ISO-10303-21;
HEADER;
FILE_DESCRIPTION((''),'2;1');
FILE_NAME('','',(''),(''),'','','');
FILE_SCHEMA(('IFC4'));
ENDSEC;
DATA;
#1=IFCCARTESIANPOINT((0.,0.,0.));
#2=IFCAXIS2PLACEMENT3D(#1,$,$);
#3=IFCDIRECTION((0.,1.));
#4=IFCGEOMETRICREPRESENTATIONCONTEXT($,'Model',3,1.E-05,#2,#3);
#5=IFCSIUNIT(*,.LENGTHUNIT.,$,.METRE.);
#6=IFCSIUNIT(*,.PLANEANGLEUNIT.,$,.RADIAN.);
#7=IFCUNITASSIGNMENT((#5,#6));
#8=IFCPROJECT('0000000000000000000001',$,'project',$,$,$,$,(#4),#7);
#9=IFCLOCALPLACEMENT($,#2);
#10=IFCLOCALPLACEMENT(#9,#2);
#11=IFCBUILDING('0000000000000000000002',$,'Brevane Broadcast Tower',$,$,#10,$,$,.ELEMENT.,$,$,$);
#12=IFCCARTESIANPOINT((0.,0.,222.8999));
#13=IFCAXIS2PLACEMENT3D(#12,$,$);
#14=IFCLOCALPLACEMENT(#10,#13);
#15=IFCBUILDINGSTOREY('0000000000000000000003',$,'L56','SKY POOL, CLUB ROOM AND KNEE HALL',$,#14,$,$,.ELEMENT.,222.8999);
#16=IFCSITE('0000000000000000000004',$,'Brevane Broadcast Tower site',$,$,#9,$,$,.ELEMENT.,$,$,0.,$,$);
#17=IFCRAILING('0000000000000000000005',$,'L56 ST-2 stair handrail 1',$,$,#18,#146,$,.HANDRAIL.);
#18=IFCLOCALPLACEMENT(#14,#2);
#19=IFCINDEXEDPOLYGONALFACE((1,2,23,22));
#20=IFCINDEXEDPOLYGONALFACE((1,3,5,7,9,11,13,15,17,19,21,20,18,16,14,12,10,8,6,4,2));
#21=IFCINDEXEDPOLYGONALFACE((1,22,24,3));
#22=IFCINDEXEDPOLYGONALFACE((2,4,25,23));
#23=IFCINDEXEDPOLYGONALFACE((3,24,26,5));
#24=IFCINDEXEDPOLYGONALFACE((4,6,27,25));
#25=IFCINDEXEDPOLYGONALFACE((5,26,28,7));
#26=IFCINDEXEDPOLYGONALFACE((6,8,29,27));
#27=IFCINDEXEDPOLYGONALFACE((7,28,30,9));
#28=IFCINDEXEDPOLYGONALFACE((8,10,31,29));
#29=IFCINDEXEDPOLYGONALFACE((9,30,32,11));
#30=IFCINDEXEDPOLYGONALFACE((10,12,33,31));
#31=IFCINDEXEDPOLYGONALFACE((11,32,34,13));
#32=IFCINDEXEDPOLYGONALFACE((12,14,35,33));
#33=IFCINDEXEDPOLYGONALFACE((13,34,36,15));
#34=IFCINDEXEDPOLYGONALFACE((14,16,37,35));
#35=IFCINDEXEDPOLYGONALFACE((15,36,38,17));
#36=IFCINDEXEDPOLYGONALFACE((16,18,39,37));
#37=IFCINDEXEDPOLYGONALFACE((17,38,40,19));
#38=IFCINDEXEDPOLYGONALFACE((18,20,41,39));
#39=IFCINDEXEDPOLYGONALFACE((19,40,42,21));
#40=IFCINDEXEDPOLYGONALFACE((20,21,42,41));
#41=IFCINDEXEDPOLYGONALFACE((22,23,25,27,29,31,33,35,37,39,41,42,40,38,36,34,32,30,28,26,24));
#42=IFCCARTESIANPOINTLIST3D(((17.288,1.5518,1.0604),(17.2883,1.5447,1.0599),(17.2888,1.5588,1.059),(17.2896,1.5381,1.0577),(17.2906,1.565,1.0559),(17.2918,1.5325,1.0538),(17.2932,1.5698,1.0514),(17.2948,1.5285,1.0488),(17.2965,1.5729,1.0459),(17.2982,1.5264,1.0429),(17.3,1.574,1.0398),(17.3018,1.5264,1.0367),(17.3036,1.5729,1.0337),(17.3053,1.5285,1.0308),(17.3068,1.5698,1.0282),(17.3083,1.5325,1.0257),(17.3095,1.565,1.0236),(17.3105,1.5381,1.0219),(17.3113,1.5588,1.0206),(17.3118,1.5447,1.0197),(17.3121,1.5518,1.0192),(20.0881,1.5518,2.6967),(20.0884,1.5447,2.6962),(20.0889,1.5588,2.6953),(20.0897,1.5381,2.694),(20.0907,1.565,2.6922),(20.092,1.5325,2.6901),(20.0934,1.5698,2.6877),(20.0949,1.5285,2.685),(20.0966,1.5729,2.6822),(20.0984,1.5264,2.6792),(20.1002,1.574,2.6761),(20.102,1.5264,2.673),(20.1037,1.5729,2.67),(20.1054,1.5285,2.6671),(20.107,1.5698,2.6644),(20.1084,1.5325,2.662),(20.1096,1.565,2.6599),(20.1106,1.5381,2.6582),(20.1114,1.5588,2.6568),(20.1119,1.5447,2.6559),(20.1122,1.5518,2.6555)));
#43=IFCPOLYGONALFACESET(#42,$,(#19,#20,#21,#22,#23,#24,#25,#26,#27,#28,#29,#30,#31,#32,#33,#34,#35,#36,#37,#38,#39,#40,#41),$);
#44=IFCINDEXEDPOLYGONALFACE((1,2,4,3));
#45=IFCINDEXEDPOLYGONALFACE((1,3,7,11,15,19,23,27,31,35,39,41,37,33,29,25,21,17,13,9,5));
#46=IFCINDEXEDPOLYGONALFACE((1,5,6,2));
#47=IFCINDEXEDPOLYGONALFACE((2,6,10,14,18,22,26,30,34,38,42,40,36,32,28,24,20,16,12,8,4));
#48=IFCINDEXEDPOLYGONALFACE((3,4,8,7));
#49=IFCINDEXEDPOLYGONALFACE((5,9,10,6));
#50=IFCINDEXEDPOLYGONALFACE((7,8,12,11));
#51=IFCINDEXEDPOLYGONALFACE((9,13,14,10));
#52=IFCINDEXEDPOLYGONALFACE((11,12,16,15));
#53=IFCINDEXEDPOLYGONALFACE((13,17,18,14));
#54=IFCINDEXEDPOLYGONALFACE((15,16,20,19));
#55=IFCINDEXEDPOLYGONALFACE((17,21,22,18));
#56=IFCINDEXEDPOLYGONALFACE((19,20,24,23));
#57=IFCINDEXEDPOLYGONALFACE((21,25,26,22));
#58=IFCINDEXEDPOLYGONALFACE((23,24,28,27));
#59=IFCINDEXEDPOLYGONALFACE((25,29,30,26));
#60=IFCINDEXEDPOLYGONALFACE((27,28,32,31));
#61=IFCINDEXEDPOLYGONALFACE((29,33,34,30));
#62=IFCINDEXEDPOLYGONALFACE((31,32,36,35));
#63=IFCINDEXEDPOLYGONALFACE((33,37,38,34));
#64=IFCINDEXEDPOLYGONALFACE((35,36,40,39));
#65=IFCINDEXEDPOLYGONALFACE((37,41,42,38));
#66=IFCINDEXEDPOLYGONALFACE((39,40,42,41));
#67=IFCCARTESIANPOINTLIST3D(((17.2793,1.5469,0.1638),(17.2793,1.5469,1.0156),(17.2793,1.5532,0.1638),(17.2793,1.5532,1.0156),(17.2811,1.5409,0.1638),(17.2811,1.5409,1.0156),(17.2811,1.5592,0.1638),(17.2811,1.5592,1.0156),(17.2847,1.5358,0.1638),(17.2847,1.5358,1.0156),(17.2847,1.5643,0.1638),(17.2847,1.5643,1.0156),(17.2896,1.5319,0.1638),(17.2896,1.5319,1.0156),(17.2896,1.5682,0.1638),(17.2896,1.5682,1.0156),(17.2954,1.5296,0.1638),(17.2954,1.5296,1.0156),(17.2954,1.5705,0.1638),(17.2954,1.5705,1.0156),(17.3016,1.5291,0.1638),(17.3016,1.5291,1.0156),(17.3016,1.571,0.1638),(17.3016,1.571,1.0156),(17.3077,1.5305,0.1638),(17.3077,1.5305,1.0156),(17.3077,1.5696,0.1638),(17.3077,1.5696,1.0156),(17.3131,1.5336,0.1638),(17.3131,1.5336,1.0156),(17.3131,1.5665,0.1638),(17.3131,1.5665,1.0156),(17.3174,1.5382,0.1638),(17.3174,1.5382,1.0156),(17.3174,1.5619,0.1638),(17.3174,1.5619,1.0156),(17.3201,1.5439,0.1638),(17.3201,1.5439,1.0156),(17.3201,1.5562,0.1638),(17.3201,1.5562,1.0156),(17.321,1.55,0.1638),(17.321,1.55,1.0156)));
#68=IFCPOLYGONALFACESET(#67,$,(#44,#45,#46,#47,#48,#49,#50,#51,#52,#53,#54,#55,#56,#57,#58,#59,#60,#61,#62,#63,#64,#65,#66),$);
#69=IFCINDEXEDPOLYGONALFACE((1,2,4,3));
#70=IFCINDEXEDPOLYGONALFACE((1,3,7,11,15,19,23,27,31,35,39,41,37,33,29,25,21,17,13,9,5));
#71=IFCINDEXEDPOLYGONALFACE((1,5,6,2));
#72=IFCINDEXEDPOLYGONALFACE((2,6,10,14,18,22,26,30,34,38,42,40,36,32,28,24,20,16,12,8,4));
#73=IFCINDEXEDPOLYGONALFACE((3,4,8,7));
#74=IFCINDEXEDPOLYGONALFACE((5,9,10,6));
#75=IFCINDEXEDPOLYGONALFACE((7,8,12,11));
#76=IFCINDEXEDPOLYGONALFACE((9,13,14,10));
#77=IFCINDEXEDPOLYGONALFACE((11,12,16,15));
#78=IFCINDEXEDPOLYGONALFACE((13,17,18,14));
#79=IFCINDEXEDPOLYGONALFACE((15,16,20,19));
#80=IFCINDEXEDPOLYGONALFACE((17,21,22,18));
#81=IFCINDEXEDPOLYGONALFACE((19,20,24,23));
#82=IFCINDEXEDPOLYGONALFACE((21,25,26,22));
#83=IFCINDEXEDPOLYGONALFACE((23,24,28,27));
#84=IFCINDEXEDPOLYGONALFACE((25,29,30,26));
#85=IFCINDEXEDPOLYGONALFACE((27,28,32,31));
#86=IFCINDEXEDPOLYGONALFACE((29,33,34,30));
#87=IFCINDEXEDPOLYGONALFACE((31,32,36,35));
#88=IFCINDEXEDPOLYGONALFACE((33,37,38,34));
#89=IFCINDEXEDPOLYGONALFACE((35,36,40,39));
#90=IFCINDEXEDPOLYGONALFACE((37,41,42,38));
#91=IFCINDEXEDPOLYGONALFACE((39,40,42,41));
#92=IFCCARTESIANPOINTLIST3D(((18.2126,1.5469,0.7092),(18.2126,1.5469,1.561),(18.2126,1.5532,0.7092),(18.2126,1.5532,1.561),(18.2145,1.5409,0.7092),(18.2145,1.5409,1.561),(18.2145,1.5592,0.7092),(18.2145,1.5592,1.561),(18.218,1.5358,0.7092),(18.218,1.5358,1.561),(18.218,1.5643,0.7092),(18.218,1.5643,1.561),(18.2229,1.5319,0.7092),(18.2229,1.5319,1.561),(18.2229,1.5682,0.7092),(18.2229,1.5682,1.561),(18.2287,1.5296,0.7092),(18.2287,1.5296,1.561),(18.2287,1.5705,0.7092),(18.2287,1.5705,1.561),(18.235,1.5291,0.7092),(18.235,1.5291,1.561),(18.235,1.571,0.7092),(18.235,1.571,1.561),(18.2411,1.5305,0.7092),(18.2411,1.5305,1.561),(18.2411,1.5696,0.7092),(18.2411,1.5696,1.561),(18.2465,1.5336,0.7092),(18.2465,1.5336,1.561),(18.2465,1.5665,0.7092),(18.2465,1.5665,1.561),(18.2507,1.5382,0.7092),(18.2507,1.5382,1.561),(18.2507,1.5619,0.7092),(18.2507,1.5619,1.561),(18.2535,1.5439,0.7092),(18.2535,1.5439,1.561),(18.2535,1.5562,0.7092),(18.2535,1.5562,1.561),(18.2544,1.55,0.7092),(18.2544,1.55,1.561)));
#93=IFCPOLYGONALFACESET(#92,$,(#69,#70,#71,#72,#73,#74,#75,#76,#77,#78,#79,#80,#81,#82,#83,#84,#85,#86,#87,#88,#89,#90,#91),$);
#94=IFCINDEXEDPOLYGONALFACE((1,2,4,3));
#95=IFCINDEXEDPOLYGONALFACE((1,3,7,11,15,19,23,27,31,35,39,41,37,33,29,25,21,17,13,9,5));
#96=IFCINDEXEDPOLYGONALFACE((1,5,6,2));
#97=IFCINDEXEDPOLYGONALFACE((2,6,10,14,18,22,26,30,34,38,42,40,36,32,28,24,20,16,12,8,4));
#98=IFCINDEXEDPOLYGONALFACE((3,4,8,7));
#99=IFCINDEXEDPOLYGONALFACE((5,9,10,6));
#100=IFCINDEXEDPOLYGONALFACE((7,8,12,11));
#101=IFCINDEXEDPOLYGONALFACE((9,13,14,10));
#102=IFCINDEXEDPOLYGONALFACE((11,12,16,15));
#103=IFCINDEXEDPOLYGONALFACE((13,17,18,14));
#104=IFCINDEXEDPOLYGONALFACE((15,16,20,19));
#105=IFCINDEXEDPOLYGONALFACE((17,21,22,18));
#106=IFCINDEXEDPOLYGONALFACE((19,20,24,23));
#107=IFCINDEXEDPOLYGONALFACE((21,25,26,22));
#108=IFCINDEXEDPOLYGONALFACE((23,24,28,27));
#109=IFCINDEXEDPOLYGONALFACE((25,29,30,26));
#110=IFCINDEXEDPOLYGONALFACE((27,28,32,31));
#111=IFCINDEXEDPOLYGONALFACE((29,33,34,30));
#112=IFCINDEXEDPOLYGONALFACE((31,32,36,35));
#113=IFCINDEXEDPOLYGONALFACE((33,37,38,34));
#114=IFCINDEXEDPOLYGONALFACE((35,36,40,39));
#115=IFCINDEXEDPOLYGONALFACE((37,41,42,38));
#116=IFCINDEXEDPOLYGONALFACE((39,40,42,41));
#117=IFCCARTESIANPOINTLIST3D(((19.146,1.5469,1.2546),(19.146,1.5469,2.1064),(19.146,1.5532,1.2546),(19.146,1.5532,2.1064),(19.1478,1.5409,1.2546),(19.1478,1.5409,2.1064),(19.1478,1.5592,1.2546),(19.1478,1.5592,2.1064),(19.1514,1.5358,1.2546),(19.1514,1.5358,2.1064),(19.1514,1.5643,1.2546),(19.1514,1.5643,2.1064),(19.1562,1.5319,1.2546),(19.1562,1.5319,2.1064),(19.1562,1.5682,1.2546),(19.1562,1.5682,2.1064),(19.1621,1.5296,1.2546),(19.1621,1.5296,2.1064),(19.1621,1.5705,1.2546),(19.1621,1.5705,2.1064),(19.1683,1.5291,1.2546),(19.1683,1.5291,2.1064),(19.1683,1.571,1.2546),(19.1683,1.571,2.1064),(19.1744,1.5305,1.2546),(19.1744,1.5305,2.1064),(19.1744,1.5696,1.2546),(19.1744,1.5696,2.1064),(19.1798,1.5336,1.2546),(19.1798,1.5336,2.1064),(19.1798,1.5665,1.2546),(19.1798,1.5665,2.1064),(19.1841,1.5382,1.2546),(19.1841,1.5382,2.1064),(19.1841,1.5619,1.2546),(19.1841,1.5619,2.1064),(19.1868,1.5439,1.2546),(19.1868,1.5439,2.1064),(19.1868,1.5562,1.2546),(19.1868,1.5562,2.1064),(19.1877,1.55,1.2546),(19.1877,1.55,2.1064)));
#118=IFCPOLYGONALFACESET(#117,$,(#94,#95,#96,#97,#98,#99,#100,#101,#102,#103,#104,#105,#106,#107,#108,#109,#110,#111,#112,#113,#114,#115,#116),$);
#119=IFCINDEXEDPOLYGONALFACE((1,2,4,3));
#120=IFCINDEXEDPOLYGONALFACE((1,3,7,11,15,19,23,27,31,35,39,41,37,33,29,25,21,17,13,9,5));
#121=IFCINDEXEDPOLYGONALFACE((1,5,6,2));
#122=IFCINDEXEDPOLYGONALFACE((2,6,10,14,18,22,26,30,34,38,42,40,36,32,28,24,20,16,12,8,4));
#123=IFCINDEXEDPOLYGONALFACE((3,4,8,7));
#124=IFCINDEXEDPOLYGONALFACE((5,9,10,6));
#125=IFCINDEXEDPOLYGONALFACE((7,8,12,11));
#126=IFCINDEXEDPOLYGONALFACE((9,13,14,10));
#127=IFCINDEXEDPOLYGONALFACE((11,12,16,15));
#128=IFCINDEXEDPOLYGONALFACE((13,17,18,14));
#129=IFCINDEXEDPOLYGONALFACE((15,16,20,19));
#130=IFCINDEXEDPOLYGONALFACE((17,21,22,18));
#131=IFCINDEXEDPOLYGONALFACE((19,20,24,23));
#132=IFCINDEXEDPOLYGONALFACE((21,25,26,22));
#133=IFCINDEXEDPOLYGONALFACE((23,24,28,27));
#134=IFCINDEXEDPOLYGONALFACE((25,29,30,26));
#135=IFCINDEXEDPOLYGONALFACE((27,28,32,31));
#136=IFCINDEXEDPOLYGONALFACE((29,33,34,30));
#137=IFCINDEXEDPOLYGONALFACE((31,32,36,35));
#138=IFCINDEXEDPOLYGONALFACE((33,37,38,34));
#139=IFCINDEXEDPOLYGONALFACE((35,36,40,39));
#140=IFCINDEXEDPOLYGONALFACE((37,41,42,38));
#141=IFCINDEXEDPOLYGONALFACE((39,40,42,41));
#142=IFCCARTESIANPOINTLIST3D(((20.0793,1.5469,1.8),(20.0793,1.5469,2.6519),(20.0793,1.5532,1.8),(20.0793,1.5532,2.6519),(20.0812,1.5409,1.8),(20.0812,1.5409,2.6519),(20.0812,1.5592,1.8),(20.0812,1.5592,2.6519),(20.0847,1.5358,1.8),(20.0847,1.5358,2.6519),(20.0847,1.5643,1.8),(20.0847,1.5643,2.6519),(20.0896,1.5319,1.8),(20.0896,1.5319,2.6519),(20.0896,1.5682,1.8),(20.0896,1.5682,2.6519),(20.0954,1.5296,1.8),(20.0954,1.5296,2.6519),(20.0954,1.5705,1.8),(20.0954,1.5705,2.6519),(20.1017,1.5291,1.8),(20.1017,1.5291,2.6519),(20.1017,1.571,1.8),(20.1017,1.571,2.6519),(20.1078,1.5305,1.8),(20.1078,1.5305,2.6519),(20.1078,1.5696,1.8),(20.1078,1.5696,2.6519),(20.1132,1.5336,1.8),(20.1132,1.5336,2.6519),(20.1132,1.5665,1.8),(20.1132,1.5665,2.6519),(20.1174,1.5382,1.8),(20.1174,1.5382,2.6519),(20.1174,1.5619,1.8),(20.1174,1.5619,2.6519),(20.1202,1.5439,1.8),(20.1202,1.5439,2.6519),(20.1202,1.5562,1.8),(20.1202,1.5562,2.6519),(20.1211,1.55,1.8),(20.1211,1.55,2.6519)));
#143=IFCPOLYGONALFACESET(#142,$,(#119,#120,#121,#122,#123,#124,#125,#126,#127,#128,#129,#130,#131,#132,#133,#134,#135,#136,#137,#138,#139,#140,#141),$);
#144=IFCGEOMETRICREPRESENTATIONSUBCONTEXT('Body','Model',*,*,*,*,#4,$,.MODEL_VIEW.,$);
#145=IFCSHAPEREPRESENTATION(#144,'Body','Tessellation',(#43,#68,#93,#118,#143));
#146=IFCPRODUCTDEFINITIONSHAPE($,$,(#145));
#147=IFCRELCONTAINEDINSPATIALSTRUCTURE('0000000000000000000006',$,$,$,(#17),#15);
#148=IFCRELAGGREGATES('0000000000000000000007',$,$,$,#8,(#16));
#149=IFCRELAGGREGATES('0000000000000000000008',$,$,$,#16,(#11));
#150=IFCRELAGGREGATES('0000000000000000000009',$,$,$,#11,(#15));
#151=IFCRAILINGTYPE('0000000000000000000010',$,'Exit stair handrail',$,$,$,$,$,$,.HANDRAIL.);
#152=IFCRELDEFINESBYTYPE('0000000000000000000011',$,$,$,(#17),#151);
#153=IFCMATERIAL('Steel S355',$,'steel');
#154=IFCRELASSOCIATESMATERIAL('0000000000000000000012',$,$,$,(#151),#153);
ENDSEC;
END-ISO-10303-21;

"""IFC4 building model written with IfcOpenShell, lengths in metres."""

from ifc_helpers import new_model, si_unit, direction, frame, origin, origin_2d, place, context, subcontext, project, spatial, circle, extrude, material, type_object, element, save


model = new_model("IFC4")

# Units and contexts
model_context = context("Model", 3, precision=1e-05, world=origin(), true_north=direction((0.0, 1.0)))
body_context = subcontext(model_context, "Body", "Model", "MODEL_VIEW")
ifc_project = project(units=[si_unit("LENGTHUNIT", "METRE"), si_unit("PLANEANGLEUNIT", "RADIAN")], contexts=[model_context])

# Site, building, storey
site_placement = place(None, origin())
site = spatial("IfcSite", under=ifc_project, at=site_placement, Name="Brevane Broadcast Tower site", CompositionType="ELEMENT", RefElevation=0.0)
building_placement = place(site_placement, origin())
building = spatial("IfcBuilding", under=site, at=building_placement, Name="Brevane Broadcast Tower", CompositionType="ELEMENT")
storey_placement = place(building_placement, frame((0.0, 0.0, 222.8999)))
storey = spatial("IfcBuildingStorey", under=building, at=storey_placement, Name="L56", Description="SKY POOL, CLUB ROOM AND KNEE HALL", CompositionType="ELEMENT", Elevation=222.8999)

# Railing
ifc_material_1 = material(Name="Steel S355", Category="steel")
railing_type_1 = type_object("IfcRailingType", Name="Exit stair handrail", PredefinedType="HANDRAIL", material=ifc_material_1)
railing_1_placement = place(storey_placement, frame((17.3, 1.55, 0.1638)))
element("IfcRailing", 1, at=railing_1_placement, inside=storey, type_object=railing_type_1, Name="L56 ST-2 stair handrail 1", PredefinedType="HANDRAIL", context=body_context, shape_type="SweptSolid", body=[
    extrude(circle(Radius=0.0239, at=origin_2d()), frame((0.0, 0.0, 0.876), z_axis=(0.863394, 0.0, 0.504531), x_axis=(0.0, 1.0, 0.0)), (0.0, 0.0, 1.0), 3.2432),
    extrude(circle(Radius=0.021, at=origin_2d()), origin(), (0.0, 0.0, 1.0), 0.8518),
    extrude(circle(Radius=0.021, at=origin_2d()), frame((0.9333, 0.0, 0.5454)), (0.0, 0.0, 1.0), 0.8518),
    extrude(circle(Radius=0.021, at=origin_2d()), frame((1.8667, 0.0, 1.0908)), (0.0, 0.0, 1.0), 0.8518),
    extrude(circle(Radius=0.021, at=origin_2d()), frame((2.8, 0.0, 1.6362)), (0.0, 0.0, 1.0), 0.8518),
])

save(model, "model.ifc")
